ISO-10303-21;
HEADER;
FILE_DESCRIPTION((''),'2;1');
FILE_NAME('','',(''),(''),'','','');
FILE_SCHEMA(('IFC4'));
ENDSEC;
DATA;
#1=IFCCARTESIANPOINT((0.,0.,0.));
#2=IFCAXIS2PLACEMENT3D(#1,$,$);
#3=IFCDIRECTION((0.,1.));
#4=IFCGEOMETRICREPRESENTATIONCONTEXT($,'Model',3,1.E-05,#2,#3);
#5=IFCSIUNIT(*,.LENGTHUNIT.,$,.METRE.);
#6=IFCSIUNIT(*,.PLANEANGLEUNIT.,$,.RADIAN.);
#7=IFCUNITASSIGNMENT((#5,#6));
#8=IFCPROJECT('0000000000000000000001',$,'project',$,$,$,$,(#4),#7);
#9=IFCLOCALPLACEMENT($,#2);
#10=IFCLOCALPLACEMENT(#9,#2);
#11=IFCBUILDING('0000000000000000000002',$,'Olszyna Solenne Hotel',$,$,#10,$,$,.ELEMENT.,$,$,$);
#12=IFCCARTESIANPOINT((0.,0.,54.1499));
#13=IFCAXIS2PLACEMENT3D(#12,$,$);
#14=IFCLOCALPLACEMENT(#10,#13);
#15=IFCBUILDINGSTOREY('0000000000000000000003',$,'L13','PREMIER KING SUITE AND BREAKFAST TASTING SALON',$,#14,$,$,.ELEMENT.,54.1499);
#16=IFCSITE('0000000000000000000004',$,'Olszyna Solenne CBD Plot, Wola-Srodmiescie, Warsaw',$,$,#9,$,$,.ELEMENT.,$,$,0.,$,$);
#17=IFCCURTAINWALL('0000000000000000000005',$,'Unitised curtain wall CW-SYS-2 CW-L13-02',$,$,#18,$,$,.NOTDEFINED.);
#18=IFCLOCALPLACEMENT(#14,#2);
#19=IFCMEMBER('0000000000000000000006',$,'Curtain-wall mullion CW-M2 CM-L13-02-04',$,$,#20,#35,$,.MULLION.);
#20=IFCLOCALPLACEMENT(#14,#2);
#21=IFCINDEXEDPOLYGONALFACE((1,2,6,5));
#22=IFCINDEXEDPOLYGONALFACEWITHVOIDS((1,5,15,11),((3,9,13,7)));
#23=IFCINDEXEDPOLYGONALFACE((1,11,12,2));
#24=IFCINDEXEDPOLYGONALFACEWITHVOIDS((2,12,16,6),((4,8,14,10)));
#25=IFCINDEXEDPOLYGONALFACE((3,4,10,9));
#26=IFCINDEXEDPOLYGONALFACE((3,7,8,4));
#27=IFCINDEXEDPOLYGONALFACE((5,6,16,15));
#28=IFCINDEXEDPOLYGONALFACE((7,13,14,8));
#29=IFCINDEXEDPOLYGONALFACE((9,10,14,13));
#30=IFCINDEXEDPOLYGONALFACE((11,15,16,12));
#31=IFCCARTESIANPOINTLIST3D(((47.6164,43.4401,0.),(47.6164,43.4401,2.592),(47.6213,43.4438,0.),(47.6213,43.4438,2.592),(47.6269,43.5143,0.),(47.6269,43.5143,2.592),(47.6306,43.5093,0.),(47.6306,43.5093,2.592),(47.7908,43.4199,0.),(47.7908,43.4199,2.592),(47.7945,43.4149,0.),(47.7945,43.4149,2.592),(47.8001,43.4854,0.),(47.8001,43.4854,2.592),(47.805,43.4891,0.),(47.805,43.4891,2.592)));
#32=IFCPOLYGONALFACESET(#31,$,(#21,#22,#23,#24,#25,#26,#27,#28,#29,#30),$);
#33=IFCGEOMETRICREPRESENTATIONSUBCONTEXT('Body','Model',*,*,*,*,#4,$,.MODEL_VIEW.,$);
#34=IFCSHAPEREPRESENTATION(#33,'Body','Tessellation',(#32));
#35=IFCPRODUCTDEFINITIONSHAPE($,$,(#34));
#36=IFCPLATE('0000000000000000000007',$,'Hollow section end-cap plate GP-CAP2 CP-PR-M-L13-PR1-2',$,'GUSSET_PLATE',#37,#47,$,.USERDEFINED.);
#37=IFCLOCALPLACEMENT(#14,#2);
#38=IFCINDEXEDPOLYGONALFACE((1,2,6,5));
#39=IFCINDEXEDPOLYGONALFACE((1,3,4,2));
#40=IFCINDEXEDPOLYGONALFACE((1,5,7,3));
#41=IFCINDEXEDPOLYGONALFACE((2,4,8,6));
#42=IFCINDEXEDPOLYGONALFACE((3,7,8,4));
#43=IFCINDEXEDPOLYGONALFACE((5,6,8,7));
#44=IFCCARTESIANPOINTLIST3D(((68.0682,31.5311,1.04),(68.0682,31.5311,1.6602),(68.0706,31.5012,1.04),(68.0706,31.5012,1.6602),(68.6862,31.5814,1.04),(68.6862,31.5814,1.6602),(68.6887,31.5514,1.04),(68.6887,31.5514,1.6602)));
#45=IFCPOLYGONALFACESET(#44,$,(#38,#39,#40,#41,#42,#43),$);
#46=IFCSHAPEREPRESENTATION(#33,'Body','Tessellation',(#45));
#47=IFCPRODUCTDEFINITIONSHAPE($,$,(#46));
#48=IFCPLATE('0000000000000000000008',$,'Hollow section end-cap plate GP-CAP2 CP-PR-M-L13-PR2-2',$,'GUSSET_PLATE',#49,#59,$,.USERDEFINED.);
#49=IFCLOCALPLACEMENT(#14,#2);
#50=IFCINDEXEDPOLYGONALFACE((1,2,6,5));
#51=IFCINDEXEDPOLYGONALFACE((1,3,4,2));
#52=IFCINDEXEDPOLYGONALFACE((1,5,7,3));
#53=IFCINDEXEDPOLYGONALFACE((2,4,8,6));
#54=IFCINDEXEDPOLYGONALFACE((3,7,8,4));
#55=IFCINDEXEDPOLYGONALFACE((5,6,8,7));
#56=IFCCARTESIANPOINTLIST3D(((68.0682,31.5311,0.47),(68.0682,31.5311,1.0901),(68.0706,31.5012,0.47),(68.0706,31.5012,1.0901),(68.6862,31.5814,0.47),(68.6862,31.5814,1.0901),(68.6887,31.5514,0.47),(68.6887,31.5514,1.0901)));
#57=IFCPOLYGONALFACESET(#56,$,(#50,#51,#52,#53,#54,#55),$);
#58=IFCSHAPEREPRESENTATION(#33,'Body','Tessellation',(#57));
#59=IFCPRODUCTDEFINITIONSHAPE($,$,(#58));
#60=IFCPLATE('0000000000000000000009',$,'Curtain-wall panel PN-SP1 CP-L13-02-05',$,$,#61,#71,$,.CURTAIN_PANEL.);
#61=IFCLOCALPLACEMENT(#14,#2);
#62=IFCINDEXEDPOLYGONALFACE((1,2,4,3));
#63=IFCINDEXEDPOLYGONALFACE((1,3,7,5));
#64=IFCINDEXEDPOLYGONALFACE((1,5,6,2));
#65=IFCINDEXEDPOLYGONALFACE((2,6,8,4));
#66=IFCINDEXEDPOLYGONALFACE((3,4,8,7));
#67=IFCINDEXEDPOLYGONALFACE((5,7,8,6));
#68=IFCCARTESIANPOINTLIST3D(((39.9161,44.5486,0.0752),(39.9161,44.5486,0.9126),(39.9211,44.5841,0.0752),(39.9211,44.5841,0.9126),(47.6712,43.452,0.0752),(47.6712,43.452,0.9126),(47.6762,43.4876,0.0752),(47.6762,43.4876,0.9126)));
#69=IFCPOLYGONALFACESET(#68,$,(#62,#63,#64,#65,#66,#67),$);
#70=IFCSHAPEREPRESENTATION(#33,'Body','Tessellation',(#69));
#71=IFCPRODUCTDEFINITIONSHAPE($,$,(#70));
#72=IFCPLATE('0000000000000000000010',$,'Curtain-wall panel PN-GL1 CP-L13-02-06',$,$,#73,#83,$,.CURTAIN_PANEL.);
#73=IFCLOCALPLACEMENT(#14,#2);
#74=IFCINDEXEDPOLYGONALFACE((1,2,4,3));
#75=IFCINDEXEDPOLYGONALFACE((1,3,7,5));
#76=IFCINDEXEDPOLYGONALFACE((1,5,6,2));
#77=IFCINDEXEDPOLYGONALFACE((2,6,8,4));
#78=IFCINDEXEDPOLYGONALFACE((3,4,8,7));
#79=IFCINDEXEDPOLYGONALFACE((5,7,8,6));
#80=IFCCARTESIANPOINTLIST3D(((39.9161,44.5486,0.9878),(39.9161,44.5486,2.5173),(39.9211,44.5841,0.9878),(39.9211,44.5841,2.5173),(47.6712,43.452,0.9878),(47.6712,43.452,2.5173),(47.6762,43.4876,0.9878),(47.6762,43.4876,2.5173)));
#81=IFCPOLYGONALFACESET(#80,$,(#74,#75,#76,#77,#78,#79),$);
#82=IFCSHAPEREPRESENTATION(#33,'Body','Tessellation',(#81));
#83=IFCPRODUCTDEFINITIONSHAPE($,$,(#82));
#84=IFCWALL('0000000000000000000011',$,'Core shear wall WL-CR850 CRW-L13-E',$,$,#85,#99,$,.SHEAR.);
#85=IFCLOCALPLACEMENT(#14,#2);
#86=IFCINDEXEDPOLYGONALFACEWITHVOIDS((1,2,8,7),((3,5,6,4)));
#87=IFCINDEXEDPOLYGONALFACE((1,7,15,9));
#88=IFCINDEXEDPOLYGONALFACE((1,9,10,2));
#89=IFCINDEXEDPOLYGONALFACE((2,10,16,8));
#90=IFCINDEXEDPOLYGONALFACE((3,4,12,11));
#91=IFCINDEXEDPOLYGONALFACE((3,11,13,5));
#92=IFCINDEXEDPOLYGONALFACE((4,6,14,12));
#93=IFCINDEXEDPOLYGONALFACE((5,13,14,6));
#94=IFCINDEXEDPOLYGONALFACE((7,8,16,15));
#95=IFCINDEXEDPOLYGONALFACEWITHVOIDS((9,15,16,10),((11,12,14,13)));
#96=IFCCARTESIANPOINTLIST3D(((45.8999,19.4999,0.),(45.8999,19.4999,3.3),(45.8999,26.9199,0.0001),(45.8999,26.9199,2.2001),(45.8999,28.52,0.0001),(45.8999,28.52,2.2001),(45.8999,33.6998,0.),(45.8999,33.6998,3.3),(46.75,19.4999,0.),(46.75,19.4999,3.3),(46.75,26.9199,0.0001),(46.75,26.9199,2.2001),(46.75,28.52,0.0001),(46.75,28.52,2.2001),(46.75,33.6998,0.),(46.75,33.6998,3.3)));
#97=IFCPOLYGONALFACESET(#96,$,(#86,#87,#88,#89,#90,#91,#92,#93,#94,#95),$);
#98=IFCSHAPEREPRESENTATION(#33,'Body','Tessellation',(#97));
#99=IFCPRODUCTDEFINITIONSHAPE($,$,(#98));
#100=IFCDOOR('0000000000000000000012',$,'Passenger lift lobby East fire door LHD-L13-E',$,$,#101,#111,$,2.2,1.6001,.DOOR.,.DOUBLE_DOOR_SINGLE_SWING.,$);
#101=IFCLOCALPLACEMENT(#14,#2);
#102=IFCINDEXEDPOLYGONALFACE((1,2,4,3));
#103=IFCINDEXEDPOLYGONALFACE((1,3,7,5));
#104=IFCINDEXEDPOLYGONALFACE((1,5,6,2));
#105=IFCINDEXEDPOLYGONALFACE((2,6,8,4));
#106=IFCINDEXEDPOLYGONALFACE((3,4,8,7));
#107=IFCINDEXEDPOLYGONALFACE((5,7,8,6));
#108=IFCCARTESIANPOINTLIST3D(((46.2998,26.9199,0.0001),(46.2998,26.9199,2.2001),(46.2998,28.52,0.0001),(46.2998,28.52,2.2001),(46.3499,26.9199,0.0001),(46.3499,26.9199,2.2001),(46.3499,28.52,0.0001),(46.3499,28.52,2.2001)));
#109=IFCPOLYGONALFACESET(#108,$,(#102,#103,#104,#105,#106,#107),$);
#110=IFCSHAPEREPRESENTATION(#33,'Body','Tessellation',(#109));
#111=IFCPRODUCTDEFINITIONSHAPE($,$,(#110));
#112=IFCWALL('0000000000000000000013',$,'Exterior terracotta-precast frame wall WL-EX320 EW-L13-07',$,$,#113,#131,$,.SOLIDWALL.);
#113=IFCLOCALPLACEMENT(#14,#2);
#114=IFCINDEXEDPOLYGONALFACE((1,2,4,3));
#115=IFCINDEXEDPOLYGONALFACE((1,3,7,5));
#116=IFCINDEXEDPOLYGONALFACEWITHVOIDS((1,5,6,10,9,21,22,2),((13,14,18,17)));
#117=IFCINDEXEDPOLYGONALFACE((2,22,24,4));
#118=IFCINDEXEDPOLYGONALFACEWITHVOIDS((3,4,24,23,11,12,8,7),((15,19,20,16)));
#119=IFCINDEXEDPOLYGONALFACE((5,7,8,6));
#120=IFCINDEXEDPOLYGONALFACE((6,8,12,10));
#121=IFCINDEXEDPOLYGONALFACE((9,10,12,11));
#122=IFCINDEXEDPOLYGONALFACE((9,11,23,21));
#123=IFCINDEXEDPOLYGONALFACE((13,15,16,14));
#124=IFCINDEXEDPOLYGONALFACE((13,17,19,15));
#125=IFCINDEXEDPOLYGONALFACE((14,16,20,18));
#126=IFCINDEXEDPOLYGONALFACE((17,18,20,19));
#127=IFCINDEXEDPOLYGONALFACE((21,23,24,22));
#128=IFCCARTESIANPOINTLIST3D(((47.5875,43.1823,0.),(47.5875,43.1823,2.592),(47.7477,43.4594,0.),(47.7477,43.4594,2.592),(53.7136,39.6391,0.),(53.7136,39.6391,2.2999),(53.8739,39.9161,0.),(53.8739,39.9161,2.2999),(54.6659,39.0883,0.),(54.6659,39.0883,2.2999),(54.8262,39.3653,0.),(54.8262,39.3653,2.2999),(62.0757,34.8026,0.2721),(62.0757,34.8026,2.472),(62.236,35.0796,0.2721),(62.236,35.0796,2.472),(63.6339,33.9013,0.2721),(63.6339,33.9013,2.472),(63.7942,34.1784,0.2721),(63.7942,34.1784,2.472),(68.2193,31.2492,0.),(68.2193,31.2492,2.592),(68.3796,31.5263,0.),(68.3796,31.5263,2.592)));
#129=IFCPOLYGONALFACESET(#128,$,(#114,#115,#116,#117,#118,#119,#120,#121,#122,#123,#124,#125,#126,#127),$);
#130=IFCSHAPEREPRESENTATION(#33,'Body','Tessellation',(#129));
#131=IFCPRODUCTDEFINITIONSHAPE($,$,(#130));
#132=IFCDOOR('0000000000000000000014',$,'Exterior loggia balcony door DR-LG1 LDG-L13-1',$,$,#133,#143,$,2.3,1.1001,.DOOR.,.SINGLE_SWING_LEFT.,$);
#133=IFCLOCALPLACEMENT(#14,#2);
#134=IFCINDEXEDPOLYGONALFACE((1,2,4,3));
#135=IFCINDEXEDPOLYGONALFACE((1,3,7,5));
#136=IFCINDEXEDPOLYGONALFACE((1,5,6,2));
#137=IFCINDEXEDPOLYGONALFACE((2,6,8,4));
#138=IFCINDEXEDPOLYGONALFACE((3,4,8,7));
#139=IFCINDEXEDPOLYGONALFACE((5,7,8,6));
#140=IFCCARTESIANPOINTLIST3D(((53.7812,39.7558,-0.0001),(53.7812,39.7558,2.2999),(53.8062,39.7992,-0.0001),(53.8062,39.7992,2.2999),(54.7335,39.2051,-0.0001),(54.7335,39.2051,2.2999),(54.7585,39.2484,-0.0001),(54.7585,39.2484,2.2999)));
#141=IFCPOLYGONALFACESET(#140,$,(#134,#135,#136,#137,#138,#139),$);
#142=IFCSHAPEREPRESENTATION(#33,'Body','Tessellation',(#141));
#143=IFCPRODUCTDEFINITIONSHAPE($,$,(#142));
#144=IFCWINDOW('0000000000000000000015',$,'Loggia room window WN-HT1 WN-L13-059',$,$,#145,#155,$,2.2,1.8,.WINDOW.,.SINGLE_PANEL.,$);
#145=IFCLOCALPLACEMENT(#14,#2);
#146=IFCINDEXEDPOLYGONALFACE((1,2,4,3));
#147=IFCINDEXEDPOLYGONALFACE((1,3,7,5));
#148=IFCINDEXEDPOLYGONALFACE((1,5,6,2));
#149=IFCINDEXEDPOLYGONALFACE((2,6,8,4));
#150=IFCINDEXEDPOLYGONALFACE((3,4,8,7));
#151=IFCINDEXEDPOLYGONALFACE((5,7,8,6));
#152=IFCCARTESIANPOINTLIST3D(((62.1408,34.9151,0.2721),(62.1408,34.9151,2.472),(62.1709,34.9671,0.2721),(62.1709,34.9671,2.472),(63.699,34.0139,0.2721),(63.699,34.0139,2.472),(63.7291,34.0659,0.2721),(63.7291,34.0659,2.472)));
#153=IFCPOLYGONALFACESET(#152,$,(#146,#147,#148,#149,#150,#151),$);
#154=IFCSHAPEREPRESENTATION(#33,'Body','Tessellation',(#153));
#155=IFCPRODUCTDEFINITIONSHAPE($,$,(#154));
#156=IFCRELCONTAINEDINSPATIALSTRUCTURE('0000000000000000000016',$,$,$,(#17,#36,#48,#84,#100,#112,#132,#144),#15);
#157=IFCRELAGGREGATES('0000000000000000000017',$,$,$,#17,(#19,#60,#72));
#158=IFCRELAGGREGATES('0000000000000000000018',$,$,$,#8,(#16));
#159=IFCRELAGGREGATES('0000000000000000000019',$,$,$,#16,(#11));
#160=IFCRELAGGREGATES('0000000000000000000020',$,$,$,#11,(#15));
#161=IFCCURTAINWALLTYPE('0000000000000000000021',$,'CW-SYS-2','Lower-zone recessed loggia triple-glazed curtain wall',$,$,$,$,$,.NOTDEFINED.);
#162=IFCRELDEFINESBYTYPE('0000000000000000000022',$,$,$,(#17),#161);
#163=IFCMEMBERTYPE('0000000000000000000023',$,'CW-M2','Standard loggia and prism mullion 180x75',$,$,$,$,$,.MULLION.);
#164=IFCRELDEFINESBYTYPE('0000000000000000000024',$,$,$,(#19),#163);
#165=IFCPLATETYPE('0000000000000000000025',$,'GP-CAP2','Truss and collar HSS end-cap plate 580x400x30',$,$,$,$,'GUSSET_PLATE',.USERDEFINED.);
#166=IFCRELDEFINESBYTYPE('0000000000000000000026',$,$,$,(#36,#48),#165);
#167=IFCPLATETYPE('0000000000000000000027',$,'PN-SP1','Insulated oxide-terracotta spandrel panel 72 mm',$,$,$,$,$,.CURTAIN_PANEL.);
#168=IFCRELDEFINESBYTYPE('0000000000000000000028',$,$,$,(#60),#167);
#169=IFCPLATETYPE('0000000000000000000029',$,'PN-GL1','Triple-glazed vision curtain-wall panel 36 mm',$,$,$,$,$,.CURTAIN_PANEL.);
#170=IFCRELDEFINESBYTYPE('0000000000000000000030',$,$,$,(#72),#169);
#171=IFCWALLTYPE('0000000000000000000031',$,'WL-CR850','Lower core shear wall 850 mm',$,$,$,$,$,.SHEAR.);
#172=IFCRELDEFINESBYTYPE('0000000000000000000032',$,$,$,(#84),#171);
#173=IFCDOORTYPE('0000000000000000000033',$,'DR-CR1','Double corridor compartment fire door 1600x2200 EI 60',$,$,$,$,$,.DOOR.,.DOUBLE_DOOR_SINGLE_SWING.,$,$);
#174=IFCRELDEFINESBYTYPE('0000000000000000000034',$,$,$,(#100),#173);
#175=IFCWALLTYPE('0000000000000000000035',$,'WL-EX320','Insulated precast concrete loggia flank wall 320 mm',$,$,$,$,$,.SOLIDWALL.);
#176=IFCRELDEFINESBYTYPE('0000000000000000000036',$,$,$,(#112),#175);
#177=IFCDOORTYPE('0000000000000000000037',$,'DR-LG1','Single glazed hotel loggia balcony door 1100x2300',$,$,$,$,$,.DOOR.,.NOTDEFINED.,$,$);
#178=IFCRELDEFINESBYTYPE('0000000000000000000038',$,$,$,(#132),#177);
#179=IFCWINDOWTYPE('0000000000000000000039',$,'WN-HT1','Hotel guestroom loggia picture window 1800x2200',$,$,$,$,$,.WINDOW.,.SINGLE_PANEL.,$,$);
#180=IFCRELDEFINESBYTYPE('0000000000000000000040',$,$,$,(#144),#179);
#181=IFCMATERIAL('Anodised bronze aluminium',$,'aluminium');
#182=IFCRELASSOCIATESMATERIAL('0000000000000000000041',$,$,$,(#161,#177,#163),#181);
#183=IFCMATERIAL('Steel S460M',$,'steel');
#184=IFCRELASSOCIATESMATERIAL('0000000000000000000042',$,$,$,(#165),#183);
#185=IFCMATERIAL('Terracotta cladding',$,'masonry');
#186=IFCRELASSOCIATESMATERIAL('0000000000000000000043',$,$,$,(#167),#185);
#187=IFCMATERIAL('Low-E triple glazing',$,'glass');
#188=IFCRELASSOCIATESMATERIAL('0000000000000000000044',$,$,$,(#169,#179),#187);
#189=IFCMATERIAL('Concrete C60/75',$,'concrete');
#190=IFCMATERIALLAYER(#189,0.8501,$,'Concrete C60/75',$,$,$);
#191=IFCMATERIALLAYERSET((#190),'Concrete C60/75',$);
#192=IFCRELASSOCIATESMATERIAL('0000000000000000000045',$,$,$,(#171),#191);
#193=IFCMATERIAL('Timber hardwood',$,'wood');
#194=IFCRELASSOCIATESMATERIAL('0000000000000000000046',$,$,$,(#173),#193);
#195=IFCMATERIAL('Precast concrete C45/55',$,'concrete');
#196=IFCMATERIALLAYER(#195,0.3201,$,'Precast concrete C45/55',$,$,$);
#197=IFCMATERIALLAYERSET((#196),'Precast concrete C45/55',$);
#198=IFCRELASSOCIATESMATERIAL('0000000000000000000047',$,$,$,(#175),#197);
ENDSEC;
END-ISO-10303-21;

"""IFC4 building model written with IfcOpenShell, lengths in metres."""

from ifc_helpers import new_model, si_unit, direction, frame, frame_2d, origin, origin_2d, place, context, subcontext, project, spatial, rectangle, hollow_rectangle, extrude, source, transform, mapped, material, layer, layer_set, material_profile, profile_set, type_object, type_shapes, element, fill, aggregate, save


model = new_model("IFC4")

# Units and contexts
model_context = context("Model", 3, precision=1e-05, world=origin(), true_north=direction((0.0, 1.0)))
body_context = subcontext(model_context, "Body", "Model", "MODEL_VIEW")
ifc_project = project(units=[si_unit("LENGTHUNIT", "METRE"), si_unit("PLANEANGLEUNIT", "RADIAN")], contexts=[model_context])

# Site, building, storey
site_placement = place(None, origin())
site = spatial("IfcSite", under=ifc_project, at=site_placement, Name="Olszyna Solenne CBD Plot, Wola-Srodmiescie, Warsaw", CompositionType="ELEMENT", RefElevation=0.0)
building_placement = place(site_placement, origin())
building = spatial("IfcBuilding", under=site, at=building_placement, Name="Olszyna Solenne Hotel", CompositionType="ELEMENT")
storey_placement = place(building_placement, frame((0.0, 0.0, 54.1499)))
storey = spatial("IfcBuildingStorey", under=building, at=storey_placement, Name="L13", Description="PREMIER KING SUITE AND BREAKFAST TASTING SALON", CompositionType="ELEMENT", Elevation=54.1499)

# Shared definitions
ifc_material_1 = material(Name="Steel S460M", Category="steel")

# Curtain wall, member
ifc_material_2 = material(Name="Anodised bronze aluminium", Category="aluminium")
curtain_wall_type = type_object("IfcCurtainWallType", Name="CW-SYS-2", Description="Lower-zone recessed loggia triple-glazed curtain wall", PredefinedType="NOTDEFINED", material=ifc_material_2)
curtain_wall_placement = place(storey_placement, origin())
curtain_wall = element("IfcCurtainWall", 1, at=curtain_wall_placement, inside=storey, type_object=curtain_wall_type, Name="Unitised curtain wall CW-SYS-2 CW-L13-02", PredefinedType="NOTDEFINED")
ifc_material_profile_1 = material_profile(ifc_material_2, hollow_rectangle(XDim=0.075, YDim=0.1799, WallThickness=0.0044, at=origin_2d()), Name="MULL 180x75x4.5", Category="load-bearing")
ifc_profile_set_1 = profile_set([ifc_material_profile_1], Name="Anodised bronze aluminium")
member_type_1 = type_object("IfcMemberType", Name="CW-M2", Description="Standard loggia and prism mullion 180x75", PredefinedType="MULLION", material=ifc_profile_set_1)
shared_shape_1 = source(origin(), body_context, "Body", "SweptSolid", [
    extrude(hollow_rectangle(XDim=0.075, YDim=0.1799, WallThickness=0.0044, at=origin_2d()), origin(), (0.0, 0.0, 1.0), 2.592),
])
member_placement = place(storey_placement, frame((47.7107, 43.4646, 0.0), z_axis=(0.0, 0.0, 1.0), x_axis=(0.140005, 0.990151, 0.0)))
member = element("IfcMember", 2, at=member_placement, type_object=member_type_1, Name="Curtain-wall mullion CW-M2 CM-L13-02-04", PredefinedType="MULLION", context=body_context, shape_type="MappedRepresentation", body=[
    mapped(shared_shape_1, transform((0.0, 0.0, 0.0), x_axis=(1.0, 0.0, 0.0), y_axis=(0.0, 1.0, 0.0), z_axis=(0.0, 0.0, 1.0), scale=1.0)),
])

# Plates
plate_type_1 = type_object("IfcPlateType", Name="GP-CAP2", Description="Truss and collar HSS end-cap plate 580x400x30", ElementType="GUSSET_PLATE", PredefinedType="USERDEFINED", material=ifc_material_1)
shared_shape_2 = source(origin(), body_context, "Body", "SweptSolid", [
    extrude(rectangle(XDim=0.03, YDim=0.6201, at=origin_2d()), origin(), (0.0, 0.0, 1.0), 0.6201),
])
for number, where, z_axis, x_axis, name in (
    (3, (68.3784, 31.5413, 1.04), (0.0, 0.0, 1.0), (-0.081069, 0.996709, 0.0), "Hollow section end-cap plate GP-CAP2 CP-PR-M-L13-PR1-2"),
    (4, (68.3784, 31.5413, 0.47), (0.0, 0.0, 1.0), (-0.081069, 0.996709, 0.0), "Hollow section end-cap plate GP-CAP2 CP-PR-M-L13-PR2-2"),
):
    element("IfcPlate", number, at=place(storey_placement, frame(where, z_axis=z_axis, x_axis=x_axis)), inside=storey, type_object=plate_type_1, Name=name, ObjectType="GUSSET_PLATE", PredefinedType="USERDEFINED", context=body_context, shape_type="MappedRepresentation", body=[
        mapped(shared_shape_2, transform((0.0, 0.0, 0.0), x_axis=(1.0, 0.0, 0.0), y_axis=(0.0, 1.0, 0.0), z_axis=(0.0, 0.0, 1.0), scale=1.0)),
    ])

# Plates
ifc_material_3 = material(Name="Terracotta cladding", Category="masonry")
plate_type_2 = type_object("IfcPlateType", Name="PN-SP1", Description="Insulated oxide-terracotta spandrel panel 72 mm", PredefinedType="CURTAIN_PANEL", material=ifc_material_3)
shared_shape_3 = source(origin(), body_context, "Body", "SweptSolid", [
    extrude(rectangle(XDim=7.8323, YDim=0.0359, at=origin_2d()), origin(), (0.0, 0.0, 1.0), 0.8374),
])
plate_1_placement = place(storey_placement, frame((43.7961, 44.0181, 0.0752), z_axis=(0.0, 0.0, 1.0), x_axis=(0.990151, -0.140005, 0.0)))
plate_1 = element("IfcPlate", 5, at=plate_1_placement, type_object=plate_type_2, Name="Curtain-wall panel PN-SP1 CP-L13-02-05", PredefinedType="CURTAIN_PANEL", context=body_context, shape_type="MappedRepresentation", body=[
    mapped(shared_shape_3, transform((0.0, 0.0, 0.0), x_axis=(1.0, 0.0, 0.0), y_axis=(0.0, 1.0, 0.0), z_axis=(0.0, 0.0, 1.0), scale=1.0)),
])
ifc_material_4 = material(Name="Low-E triple glazing", Category="glass")
plate_type_3 = type_object("IfcPlateType", Name="PN-GL1", Description="Triple-glazed vision curtain-wall panel 36 mm", PredefinedType="CURTAIN_PANEL", material=ifc_material_4)
shared_shape_4 = source(origin(), body_context, "Body", "SweptSolid", [
    extrude(rectangle(XDim=7.8323, YDim=0.0359, at=origin_2d()), origin(), (0.0, 0.0, 1.0), 1.5295),
])
plate_2_placement = place(storey_placement, frame((43.7961, 44.0181, 0.9878), z_axis=(0.0, 0.0, 1.0), x_axis=(0.990151, -0.140005, 0.0)))
plate_2 = element("IfcPlate", 6, at=plate_2_placement, type_object=plate_type_3, Name="Curtain-wall panel PN-GL1 CP-L13-02-06", PredefinedType="CURTAIN_PANEL", context=body_context, shape_type="MappedRepresentation", body=[
    mapped(shared_shape_4, transform((0.0, 0.0, 0.0), x_axis=(1.0, 0.0, 0.0), y_axis=(0.0, 1.0, 0.0), z_axis=(0.0, 0.0, 1.0), scale=1.0)),
])
aggregate(curtain_wall, [member, plate_1, plate_2])

# Wall, opening, door
ifc_material_5 = material(Name="Concrete C60/75", Category="concrete")
ifc_layer_1 = layer(ifc_material_5, 0.8501, Name="Concrete C60/75")
ifc_layer_set_1 = layer_set([ifc_layer_1], Name="Concrete C60/75")
wall_type_1 = type_object("IfcWallType", Name="WL-CR850", Description="Lower core shear wall 850 mm", PredefinedType="SHEAR", material=ifc_layer_set_1)
wall_1_placement = place(storey_placement, frame((46.325, 33.7, 0.0), z_axis=(0.0, 0.0, 1.0), x_axis=(0.0, -1.0, 0.0)))
wall_1 = element("IfcWall", 7, at=wall_1_placement, inside=storey, type_object=wall_type_1, Name="Core shear wall WL-CR850 CRW-L13-E", PredefinedType="SHEAR", context=body_context, shape_type="SweptSolid", body=[
    extrude(rectangle(XDim=14.2, YDim=0.8501, at=frame_2d((7.1001, 0.0))), origin(), (0.0, 0.0, 1.0), 3.3),
])
opening_1_placement = place(wall_1_placement, frame((5.1799, 0.0, 0.0)))
opening_1 = element("IfcOpeningElement", 8, at=opening_1_placement, cuts=wall_1, PredefinedType="OPENING", context=body_context, shape_type="SweptSolid", body=[
    extrude(rectangle(XDim=1.6001, YDim=2.2, at=frame_2d((0.8, 1.1001))), frame((0.0, 0.4351, 0.0), z_axis=(0.0, -1.0, 0.0), x_axis=(1.0, 0.0, 0.0)), (0.0, 0.0, 1.0), 0.8701),
])
ifc_material_6 = material(Name="Timber hardwood", Category="wood")
door_type_1 = type_object("IfcDoorType", Name="DR-CR1", Description="Double corridor compartment fire door 1600x2200 EI 60", OperationType="DOUBLE_DOOR_SINGLE_SWING", PredefinedType="DOOR", material=ifc_material_6)
shared_shape_5 = source(origin(), body_context, "Body", "SweptSolid", [
    extrude(rectangle(XDim=1.6001, YDim=2.2, at=frame_2d((0.8, 1.1001))), frame((0.0, 0.0249, 0.0), z_axis=(0.0, -1.0, 0.0), x_axis=(1.0, 0.0, 0.0)), (0.0, 0.0, 1.0), 0.05),
])
type_shapes(door_type_1, [shared_shape_5])
door_1_placement = place(opening_1_placement, origin())
door_1 = element("IfcDoor", 9, at=door_1_placement, inside=storey, type_object=door_type_1, Name="Passenger lift lobby East fire door LHD-L13-E", OperationType="DOUBLE_DOOR_SINGLE_SWING", OverallHeight=2.2, OverallWidth=1.6001, PredefinedType="DOOR", context=body_context, shape_type="MappedRepresentation", body=[
    mapped(shared_shape_5, transform((0.0, 0.0, 0.0), x_axis=(1.0, 0.0, 0.0), y_axis=(0.0, 1.0, 0.0), z_axis=(0.0, 0.0, 1.0), scale=1.0)),
])
fill(opening_1, door_1)

# Wall, openings, door, window
ifc_material_7 = material(Name="Precast concrete C45/55", Category="concrete")
ifc_layer_2 = layer(ifc_material_7, 0.3201, Name="Precast concrete C45/55")
ifc_layer_set_2 = layer_set([ifc_layer_2], Name="Precast concrete C45/55")
wall_type_2 = type_object("IfcWallType", Name="WL-EX320", Description="Insulated precast concrete loggia flank wall 320 mm", PredefinedType="SOLIDWALL", material=ifc_layer_set_2)
wall_2_placement = place(storey_placement, frame((47.6677, 43.3208, 0.0), z_axis=(0.0, 0.0, 1.0), x_axis=(0.865638, -0.50067, 0.0)))
wall_2 = element("IfcWall", 10, at=wall_2_placement, inside=storey, type_object=wall_type_2, Name="Exterior terracotta-precast frame wall WL-EX320 EW-L13-07", PredefinedType="SOLIDWALL", context=body_context, shape_type="SweptSolid", body=[
    extrude(rectangle(XDim=23.8342, YDim=0.3201, at=frame_2d((11.917, 0.0))), origin(), (0.0, 0.0, 1.0), 2.592),
])
opening_2_placement = place(wall_2_placement, frame((7.0769, 0.0, 0.0)))
opening_2 = element("IfcOpeningElement", 11, at=opening_2_placement, cuts=wall_2, PredefinedType="OPENING", context=body_context, shape_type="SweptSolid", body=[
    extrude(rectangle(XDim=1.1001, YDim=2.3, at=frame_2d((0.55, 1.1499))), frame((0.0, 0.1699, 0.0), z_axis=(0.0, -1.0, 0.0), x_axis=(1.0, 0.0, 0.0)), (0.0, 0.0, 1.0), 0.3401),
])
opening_3_placement = place(wall_2_placement, frame((16.7371, 0.0, 0.272)))
opening_3 = element("IfcOpeningElement", 12, at=opening_3_placement, cuts=wall_2, PredefinedType="OPENING", context=body_context, shape_type="SweptSolid", body=[
    extrude(rectangle(XDim=1.8, YDim=2.2, at=frame_2d((0.8999, 1.1001))), frame((0.0, 0.1699, 0.0), z_axis=(0.0, -1.0, 0.0), x_axis=(1.0, 0.0, 0.0)), (0.0, 0.0, 1.0), 0.3401),
])
door_type_2 = type_object("IfcDoorType", Name="DR-LG1", Description="Single glazed hotel loggia balcony door 1100x2300", OperationType="NOTDEFINED", PredefinedType="DOOR", material=ifc_material_2)
shared_shape_6 = source(origin(), body_context, "Body", "SweptSolid", [
    extrude(rectangle(XDim=1.1001, YDim=2.3, at=frame_2d((0.55, 1.1499))), frame((0.0, 0.0249, 0.0), z_axis=(0.0, -1.0, 0.0), x_axis=(1.0, 0.0, 0.0)), (0.0, 0.0, 1.0), 0.05),
])
type_shapes(door_type_2, [shared_shape_6])
door_2_placement = place(opening_2_placement, origin())
door_2 = element("IfcDoor", 13, at=door_2_placement, inside=storey, type_object=door_type_2, Name="Exterior loggia balcony door DR-LG1 LDG-L13-1", OperationType="SINGLE_SWING_LEFT", OverallHeight=2.3, OverallWidth=1.1001, PredefinedType="DOOR", context=body_context, shape_type="MappedRepresentation", body=[
    mapped(shared_shape_6, transform((0.0, 0.0, 0.0), x_axis=(1.0, 0.0, 0.0), y_axis=(0.0, 1.0, 0.0), z_axis=(0.0, 0.0, 1.0), scale=1.0)),
])
fill(opening_2, door_2)
window_type_1 = type_object("IfcWindowType", Name="WN-HT1", Description="Hotel guestroom loggia picture window 1800x2200", PartitioningType="SINGLE_PANEL", PredefinedType="WINDOW", material=ifc_material_4)
shared_shape_7 = source(origin(), body_context, "Body", "SweptSolid", [
    extrude(rectangle(XDim=1.8, YDim=2.2, at=frame_2d((0.8999, 1.1001))), frame((0.0, 0.03, 0.0), z_axis=(0.0, -1.0, 0.0), x_axis=(1.0, 0.0, 0.0)), (0.0, 0.0, 1.0), 0.0601),
])
type_shapes(window_type_1, [shared_shape_7])
window_1_placement = place(opening_3_placement, origin())
window_1 = element("IfcWindow", 14, at=window_1_placement, inside=storey, type_object=window_type_1, Name="Loggia room window WN-HT1 WN-L13-059", OverallHeight=2.2, OverallWidth=1.8, PartitioningType="SINGLE_PANEL", PredefinedType="WINDOW", context=body_context, shape_type="MappedRepresentation", body=[
    mapped(shared_shape_7, transform((0.0, 0.0, 0.0), x_axis=(1.0, 0.0, 0.0), y_axis=(0.0, 1.0, 0.0), z_axis=(0.0, 0.0, 1.0), scale=1.0)),
])
fill(opening_3, window_1)

save(model, "model.ifc")
